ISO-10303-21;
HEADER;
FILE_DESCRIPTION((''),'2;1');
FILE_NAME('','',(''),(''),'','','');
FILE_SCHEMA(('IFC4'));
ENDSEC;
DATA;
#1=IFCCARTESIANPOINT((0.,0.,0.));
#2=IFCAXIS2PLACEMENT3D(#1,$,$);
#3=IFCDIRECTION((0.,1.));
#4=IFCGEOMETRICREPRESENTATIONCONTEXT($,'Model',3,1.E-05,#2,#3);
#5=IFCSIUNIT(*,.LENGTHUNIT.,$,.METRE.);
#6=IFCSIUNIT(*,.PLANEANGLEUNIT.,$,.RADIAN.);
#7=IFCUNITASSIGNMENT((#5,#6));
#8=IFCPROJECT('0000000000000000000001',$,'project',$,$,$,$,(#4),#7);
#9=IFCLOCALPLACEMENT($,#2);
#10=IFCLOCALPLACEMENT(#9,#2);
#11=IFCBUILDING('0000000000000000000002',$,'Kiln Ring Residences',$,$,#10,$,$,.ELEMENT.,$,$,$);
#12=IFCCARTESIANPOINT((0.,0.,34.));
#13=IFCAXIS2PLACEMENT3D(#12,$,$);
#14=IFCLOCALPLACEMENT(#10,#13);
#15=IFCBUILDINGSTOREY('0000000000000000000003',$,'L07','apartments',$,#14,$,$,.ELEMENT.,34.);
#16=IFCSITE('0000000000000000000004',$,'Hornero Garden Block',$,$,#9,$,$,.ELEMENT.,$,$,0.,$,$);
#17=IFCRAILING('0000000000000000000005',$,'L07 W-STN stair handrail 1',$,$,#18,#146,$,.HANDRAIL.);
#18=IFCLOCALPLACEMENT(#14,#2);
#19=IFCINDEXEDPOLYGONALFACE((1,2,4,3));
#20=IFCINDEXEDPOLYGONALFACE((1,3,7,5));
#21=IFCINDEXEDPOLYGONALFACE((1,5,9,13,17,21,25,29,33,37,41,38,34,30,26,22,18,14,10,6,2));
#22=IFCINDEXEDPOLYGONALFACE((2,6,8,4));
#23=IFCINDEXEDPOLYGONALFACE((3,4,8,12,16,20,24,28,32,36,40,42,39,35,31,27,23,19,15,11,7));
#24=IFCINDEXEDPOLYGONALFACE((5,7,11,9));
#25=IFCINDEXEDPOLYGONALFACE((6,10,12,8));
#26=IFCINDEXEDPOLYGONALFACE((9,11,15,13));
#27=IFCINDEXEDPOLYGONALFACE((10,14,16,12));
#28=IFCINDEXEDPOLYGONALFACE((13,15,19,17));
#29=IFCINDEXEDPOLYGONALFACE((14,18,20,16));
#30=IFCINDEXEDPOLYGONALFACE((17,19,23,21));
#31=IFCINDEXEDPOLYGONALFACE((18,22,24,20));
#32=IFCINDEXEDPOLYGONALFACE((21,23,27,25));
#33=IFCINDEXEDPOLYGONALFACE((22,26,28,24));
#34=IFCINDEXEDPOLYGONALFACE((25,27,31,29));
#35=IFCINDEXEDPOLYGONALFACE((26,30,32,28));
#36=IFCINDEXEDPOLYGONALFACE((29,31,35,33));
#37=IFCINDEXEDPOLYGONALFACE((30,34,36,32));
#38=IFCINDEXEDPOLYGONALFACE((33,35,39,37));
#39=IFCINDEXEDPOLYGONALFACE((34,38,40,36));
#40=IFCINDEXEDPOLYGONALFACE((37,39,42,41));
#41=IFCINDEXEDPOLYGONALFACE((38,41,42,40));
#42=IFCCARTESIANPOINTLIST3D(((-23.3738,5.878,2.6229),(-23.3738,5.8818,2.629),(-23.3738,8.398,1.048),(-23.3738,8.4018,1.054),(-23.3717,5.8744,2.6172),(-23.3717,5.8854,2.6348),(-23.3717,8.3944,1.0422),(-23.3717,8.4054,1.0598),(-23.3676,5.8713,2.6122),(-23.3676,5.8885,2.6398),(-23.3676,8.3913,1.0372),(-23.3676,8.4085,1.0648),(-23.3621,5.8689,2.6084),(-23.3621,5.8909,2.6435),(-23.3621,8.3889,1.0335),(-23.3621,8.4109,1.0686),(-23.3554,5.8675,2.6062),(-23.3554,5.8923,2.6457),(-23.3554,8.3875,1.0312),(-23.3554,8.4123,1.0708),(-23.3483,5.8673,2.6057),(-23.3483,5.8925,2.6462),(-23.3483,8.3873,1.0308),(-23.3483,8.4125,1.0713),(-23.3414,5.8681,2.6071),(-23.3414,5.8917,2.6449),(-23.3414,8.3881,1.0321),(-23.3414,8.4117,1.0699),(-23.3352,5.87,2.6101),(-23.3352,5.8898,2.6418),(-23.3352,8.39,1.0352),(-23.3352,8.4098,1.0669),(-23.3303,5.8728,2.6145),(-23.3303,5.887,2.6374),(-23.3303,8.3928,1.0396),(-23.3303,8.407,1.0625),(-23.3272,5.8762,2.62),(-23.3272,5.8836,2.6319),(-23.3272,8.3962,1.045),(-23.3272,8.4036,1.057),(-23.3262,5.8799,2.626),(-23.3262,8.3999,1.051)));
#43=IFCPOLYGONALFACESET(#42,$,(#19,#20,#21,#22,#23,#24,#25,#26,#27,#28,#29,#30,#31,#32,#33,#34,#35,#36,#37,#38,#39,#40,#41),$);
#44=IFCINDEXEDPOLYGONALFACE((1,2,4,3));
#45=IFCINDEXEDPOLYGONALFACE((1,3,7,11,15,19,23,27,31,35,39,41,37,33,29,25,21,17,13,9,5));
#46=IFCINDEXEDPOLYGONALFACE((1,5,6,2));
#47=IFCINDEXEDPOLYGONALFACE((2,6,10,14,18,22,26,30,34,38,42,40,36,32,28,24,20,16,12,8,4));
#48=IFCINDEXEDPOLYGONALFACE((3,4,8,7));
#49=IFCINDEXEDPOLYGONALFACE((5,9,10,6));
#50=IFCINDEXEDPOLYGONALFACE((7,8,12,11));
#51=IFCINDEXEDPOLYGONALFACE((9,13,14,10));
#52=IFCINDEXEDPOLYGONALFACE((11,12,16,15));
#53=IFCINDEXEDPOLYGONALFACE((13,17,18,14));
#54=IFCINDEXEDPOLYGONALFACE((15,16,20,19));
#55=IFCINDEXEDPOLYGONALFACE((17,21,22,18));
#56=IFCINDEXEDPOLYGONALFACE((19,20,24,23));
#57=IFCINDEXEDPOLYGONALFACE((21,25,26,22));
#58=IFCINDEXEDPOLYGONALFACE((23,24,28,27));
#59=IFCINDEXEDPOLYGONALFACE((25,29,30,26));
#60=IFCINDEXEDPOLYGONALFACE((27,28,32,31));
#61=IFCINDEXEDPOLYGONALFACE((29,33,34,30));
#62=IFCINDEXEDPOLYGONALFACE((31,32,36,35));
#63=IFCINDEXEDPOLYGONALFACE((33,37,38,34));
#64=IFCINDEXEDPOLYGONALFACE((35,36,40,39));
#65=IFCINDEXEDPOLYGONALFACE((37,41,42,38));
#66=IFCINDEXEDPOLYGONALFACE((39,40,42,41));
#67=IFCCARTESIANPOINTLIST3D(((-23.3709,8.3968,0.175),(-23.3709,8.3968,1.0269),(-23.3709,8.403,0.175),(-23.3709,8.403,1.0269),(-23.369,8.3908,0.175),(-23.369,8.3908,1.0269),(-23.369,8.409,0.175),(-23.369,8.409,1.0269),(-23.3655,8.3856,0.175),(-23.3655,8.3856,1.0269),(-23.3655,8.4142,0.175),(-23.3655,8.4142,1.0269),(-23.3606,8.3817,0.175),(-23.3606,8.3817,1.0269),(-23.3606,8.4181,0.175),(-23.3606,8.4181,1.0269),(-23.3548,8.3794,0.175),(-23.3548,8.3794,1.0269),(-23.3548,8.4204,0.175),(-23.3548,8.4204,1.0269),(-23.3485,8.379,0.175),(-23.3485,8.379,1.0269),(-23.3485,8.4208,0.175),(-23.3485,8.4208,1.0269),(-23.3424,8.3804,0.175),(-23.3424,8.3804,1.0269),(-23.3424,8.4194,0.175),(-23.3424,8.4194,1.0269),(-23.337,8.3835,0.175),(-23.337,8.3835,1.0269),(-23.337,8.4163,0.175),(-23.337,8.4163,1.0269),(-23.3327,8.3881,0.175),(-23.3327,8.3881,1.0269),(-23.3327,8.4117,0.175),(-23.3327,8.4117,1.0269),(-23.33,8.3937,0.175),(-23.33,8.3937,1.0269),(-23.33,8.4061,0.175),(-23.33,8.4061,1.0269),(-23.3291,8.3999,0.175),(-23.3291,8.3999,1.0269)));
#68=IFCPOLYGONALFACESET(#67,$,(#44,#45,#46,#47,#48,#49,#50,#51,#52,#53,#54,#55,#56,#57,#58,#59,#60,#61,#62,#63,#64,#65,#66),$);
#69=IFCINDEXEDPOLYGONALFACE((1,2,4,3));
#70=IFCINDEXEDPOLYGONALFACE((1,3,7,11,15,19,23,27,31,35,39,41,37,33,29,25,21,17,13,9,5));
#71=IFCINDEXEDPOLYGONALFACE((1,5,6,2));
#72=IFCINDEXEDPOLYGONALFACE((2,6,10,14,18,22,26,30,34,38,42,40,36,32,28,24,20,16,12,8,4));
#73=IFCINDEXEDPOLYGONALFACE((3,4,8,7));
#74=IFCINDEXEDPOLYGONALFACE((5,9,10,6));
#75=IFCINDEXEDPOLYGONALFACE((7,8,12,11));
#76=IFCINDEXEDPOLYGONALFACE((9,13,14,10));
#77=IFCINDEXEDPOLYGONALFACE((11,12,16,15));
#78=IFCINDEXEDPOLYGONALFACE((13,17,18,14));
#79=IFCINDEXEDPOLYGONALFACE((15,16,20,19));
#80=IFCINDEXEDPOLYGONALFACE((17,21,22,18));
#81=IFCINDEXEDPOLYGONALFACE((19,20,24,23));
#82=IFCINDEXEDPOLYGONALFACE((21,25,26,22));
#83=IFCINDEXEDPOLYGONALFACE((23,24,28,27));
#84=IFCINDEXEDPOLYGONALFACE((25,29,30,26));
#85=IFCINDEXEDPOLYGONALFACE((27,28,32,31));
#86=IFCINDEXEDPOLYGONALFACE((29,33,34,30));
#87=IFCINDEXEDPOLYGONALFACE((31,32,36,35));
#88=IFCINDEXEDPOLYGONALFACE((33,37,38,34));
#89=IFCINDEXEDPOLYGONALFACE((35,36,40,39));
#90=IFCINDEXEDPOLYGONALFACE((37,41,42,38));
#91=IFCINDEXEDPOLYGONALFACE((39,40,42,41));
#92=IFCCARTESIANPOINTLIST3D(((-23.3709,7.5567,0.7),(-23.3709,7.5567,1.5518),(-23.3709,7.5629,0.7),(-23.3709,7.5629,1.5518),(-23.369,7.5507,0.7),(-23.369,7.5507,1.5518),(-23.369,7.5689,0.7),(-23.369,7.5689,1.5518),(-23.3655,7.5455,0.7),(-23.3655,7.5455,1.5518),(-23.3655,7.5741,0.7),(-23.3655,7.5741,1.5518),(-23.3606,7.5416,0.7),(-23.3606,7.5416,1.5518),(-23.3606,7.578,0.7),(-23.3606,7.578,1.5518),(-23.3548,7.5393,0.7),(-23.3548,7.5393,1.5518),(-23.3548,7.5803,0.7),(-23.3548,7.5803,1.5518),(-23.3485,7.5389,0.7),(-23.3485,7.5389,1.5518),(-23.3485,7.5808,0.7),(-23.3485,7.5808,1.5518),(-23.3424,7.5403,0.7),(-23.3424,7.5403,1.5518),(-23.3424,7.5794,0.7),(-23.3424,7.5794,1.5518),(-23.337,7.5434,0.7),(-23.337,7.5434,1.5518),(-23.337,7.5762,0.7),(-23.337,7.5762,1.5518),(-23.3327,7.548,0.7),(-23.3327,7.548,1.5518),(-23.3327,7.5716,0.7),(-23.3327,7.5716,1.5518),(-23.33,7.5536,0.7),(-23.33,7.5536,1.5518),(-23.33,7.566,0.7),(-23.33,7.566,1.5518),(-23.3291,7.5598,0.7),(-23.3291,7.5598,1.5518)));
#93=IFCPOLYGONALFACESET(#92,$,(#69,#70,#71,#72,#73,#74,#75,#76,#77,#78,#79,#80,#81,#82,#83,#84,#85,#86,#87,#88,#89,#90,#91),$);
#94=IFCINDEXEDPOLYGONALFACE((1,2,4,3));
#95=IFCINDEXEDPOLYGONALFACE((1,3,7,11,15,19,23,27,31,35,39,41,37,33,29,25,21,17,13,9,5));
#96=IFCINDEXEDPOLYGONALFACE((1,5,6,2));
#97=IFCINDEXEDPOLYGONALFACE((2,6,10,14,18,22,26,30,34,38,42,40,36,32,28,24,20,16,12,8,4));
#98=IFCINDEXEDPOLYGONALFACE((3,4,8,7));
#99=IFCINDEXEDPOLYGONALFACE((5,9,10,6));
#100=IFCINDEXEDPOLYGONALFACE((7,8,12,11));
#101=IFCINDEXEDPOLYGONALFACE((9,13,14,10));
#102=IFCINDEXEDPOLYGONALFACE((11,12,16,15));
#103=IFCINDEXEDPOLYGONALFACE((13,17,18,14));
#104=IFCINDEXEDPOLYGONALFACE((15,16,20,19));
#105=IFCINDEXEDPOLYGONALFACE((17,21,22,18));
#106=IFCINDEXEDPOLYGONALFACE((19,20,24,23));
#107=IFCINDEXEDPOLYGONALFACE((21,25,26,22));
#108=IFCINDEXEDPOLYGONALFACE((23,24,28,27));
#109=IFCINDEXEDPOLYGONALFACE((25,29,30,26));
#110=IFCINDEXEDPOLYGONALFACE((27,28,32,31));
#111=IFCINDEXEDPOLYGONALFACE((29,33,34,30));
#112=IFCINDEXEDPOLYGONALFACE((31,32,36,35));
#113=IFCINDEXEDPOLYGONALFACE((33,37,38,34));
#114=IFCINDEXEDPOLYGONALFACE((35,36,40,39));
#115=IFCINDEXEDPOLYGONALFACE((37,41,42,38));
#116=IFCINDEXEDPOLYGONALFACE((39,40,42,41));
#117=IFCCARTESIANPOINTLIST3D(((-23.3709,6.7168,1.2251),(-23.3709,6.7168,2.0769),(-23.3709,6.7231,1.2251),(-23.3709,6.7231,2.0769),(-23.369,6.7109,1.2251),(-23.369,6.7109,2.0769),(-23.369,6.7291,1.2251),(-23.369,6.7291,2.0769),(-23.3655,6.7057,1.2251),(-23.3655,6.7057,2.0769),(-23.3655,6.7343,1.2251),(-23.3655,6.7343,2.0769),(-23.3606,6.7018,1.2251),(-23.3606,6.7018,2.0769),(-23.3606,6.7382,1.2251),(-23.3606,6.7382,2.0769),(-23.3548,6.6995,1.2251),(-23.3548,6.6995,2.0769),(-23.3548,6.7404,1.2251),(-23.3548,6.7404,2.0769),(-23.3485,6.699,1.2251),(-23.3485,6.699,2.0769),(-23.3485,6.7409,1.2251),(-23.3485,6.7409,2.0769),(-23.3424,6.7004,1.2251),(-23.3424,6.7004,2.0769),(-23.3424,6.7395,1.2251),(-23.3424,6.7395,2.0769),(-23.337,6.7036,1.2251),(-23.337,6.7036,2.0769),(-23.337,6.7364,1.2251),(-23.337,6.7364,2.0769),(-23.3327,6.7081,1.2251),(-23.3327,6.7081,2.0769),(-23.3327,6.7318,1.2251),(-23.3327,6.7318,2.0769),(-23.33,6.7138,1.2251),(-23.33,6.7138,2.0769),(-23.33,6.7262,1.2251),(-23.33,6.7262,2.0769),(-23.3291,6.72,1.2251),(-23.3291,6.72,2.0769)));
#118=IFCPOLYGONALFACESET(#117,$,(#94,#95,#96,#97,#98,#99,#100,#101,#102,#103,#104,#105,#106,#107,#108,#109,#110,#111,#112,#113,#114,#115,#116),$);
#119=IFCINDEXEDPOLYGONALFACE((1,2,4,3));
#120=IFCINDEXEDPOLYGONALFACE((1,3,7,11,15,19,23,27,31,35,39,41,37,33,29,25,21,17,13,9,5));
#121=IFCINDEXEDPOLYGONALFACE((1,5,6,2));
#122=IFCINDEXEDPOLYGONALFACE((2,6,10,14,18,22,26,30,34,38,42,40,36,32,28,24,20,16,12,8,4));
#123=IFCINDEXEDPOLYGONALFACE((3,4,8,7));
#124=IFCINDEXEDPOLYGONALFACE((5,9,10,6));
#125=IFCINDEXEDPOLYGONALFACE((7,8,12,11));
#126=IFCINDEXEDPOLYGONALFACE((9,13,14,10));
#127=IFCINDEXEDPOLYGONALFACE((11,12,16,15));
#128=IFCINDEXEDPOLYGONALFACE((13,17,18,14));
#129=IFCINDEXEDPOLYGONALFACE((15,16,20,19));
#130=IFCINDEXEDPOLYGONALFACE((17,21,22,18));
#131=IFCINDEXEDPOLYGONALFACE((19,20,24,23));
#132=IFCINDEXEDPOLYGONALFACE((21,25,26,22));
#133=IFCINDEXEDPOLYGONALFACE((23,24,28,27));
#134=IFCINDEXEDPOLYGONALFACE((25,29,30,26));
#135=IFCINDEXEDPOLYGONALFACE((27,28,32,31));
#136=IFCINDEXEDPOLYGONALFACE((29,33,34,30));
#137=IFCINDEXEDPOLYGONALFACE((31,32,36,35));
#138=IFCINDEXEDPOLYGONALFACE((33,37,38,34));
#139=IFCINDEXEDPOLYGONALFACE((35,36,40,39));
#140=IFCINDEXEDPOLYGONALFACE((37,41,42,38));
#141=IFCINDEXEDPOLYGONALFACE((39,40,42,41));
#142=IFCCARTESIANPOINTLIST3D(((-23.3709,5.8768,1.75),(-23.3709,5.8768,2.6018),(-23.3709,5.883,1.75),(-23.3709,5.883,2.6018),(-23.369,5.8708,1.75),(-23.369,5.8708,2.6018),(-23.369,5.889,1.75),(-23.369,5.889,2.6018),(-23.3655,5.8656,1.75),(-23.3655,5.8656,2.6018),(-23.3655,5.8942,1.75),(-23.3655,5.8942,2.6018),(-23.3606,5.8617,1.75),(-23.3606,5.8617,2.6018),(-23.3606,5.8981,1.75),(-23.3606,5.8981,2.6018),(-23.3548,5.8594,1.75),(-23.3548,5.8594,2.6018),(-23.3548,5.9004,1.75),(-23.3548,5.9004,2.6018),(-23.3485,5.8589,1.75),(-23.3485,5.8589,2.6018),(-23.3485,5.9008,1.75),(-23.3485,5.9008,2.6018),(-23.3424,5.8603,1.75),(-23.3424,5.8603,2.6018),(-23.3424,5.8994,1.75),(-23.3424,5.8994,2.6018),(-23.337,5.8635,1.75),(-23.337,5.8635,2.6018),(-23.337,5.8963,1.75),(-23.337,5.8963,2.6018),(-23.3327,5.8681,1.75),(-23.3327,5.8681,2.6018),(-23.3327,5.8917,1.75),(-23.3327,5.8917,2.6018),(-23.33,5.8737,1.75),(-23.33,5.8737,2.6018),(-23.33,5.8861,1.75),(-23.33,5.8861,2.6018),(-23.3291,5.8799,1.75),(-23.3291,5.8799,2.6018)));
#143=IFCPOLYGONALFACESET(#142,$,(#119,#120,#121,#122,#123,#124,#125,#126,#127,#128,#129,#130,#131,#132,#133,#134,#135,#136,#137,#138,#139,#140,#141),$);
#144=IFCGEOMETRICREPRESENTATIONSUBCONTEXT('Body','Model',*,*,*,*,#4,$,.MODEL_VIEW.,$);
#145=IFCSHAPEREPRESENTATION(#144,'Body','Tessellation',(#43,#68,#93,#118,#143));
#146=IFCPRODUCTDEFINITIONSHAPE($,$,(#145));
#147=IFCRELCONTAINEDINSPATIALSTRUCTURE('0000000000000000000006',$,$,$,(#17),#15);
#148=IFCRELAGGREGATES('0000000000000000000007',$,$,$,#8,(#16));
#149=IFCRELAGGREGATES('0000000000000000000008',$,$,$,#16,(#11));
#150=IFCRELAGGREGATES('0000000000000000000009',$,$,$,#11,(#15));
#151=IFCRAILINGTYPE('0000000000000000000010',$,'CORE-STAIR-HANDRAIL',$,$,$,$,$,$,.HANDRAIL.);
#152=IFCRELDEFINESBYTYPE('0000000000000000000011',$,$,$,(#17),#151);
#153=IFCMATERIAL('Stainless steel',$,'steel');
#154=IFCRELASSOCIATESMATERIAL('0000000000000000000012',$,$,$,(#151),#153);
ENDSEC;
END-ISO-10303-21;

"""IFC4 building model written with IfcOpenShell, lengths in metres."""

from ifc_helpers import new_model, si_unit, direction, frame, origin, origin_2d, place, context, subcontext, project, spatial, circle, extrude, material, type_object, element, save


model = new_model("IFC4")

# Units and contexts
model_context = context("Model", 3, precision=1e-05, world=origin(), true_north=direction((0.0, 1.0)))
body_context = subcontext(model_context, "Body", "Model", "MODEL_VIEW")
ifc_project = project(units=[si_unit("LENGTHUNIT", "METRE"), si_unit("PLANEANGLEUNIT", "RADIAN")], contexts=[model_context])

# Site, building, storey
site_placement = place(None, origin())
site = spatial("IfcSite", under=ifc_project, at=site_placement, Name="Hornero Garden Block", CompositionType="ELEMENT", RefElevation=0.0)
building_placement = place(site_placement, origin())
building = spatial("IfcBuilding", under=site, at=building_placement, Name="Kiln Ring Residences", CompositionType="ELEMENT")
storey_placement = place(building_placement, frame((0.0, 0.0, 34.0)))
storey = spatial("IfcBuildingStorey", under=building, at=storey_placement, Name="L07", Description="apartments", CompositionType="ELEMENT", Elevation=34.0)

# Railing
ifc_material_1 = material(Name="Stainless steel", Category="steel")
railing_type_1 = type_object("IfcRailingType", Name="CORE-STAIR-HANDRAIL", PredefinedType="HANDRAIL", material=ifc_material_1)
railing_1_placement = place(storey_placement, frame((-23.3501, 8.3999, 0.175)))
element("IfcRailing", 1, at=railing_1_placement, inside=storey, type_object=railing_type_1, Name="L07 W-STN stair handrail 1", PredefinedType="HANDRAIL", context=body_context, shape_type="SweptSolid", body=[
    extrude(circle(Radius=0.0239, at=origin_2d()), frame((0.0, 0.0, 0.876), z_axis=(0.0, -0.848008, 0.529984), x_axis=(1.0, 0.0, 0.0)), (0.0, 0.0, 1.0), 2.9717),
    extrude(circle(Radius=0.021, at=origin_2d()), origin(), (0.0, 0.0, 1.0), 0.8518),
    extrude(circle(Radius=0.021, at=origin_2d()), frame((0.0, -0.8401, 0.5249)), (0.0, 0.0, 1.0), 0.8518),
    extrude(circle(Radius=0.021, at=origin_2d()), frame((0.0, -1.6799, 1.05)), (0.0, 0.0, 1.0), 0.8518),
    extrude(circle(Radius=0.021, at=origin_2d()), frame((0.0, -2.52, 1.575)), (0.0, 0.0, 1.0), 0.8518),
])

save(model, "model.ifc")
